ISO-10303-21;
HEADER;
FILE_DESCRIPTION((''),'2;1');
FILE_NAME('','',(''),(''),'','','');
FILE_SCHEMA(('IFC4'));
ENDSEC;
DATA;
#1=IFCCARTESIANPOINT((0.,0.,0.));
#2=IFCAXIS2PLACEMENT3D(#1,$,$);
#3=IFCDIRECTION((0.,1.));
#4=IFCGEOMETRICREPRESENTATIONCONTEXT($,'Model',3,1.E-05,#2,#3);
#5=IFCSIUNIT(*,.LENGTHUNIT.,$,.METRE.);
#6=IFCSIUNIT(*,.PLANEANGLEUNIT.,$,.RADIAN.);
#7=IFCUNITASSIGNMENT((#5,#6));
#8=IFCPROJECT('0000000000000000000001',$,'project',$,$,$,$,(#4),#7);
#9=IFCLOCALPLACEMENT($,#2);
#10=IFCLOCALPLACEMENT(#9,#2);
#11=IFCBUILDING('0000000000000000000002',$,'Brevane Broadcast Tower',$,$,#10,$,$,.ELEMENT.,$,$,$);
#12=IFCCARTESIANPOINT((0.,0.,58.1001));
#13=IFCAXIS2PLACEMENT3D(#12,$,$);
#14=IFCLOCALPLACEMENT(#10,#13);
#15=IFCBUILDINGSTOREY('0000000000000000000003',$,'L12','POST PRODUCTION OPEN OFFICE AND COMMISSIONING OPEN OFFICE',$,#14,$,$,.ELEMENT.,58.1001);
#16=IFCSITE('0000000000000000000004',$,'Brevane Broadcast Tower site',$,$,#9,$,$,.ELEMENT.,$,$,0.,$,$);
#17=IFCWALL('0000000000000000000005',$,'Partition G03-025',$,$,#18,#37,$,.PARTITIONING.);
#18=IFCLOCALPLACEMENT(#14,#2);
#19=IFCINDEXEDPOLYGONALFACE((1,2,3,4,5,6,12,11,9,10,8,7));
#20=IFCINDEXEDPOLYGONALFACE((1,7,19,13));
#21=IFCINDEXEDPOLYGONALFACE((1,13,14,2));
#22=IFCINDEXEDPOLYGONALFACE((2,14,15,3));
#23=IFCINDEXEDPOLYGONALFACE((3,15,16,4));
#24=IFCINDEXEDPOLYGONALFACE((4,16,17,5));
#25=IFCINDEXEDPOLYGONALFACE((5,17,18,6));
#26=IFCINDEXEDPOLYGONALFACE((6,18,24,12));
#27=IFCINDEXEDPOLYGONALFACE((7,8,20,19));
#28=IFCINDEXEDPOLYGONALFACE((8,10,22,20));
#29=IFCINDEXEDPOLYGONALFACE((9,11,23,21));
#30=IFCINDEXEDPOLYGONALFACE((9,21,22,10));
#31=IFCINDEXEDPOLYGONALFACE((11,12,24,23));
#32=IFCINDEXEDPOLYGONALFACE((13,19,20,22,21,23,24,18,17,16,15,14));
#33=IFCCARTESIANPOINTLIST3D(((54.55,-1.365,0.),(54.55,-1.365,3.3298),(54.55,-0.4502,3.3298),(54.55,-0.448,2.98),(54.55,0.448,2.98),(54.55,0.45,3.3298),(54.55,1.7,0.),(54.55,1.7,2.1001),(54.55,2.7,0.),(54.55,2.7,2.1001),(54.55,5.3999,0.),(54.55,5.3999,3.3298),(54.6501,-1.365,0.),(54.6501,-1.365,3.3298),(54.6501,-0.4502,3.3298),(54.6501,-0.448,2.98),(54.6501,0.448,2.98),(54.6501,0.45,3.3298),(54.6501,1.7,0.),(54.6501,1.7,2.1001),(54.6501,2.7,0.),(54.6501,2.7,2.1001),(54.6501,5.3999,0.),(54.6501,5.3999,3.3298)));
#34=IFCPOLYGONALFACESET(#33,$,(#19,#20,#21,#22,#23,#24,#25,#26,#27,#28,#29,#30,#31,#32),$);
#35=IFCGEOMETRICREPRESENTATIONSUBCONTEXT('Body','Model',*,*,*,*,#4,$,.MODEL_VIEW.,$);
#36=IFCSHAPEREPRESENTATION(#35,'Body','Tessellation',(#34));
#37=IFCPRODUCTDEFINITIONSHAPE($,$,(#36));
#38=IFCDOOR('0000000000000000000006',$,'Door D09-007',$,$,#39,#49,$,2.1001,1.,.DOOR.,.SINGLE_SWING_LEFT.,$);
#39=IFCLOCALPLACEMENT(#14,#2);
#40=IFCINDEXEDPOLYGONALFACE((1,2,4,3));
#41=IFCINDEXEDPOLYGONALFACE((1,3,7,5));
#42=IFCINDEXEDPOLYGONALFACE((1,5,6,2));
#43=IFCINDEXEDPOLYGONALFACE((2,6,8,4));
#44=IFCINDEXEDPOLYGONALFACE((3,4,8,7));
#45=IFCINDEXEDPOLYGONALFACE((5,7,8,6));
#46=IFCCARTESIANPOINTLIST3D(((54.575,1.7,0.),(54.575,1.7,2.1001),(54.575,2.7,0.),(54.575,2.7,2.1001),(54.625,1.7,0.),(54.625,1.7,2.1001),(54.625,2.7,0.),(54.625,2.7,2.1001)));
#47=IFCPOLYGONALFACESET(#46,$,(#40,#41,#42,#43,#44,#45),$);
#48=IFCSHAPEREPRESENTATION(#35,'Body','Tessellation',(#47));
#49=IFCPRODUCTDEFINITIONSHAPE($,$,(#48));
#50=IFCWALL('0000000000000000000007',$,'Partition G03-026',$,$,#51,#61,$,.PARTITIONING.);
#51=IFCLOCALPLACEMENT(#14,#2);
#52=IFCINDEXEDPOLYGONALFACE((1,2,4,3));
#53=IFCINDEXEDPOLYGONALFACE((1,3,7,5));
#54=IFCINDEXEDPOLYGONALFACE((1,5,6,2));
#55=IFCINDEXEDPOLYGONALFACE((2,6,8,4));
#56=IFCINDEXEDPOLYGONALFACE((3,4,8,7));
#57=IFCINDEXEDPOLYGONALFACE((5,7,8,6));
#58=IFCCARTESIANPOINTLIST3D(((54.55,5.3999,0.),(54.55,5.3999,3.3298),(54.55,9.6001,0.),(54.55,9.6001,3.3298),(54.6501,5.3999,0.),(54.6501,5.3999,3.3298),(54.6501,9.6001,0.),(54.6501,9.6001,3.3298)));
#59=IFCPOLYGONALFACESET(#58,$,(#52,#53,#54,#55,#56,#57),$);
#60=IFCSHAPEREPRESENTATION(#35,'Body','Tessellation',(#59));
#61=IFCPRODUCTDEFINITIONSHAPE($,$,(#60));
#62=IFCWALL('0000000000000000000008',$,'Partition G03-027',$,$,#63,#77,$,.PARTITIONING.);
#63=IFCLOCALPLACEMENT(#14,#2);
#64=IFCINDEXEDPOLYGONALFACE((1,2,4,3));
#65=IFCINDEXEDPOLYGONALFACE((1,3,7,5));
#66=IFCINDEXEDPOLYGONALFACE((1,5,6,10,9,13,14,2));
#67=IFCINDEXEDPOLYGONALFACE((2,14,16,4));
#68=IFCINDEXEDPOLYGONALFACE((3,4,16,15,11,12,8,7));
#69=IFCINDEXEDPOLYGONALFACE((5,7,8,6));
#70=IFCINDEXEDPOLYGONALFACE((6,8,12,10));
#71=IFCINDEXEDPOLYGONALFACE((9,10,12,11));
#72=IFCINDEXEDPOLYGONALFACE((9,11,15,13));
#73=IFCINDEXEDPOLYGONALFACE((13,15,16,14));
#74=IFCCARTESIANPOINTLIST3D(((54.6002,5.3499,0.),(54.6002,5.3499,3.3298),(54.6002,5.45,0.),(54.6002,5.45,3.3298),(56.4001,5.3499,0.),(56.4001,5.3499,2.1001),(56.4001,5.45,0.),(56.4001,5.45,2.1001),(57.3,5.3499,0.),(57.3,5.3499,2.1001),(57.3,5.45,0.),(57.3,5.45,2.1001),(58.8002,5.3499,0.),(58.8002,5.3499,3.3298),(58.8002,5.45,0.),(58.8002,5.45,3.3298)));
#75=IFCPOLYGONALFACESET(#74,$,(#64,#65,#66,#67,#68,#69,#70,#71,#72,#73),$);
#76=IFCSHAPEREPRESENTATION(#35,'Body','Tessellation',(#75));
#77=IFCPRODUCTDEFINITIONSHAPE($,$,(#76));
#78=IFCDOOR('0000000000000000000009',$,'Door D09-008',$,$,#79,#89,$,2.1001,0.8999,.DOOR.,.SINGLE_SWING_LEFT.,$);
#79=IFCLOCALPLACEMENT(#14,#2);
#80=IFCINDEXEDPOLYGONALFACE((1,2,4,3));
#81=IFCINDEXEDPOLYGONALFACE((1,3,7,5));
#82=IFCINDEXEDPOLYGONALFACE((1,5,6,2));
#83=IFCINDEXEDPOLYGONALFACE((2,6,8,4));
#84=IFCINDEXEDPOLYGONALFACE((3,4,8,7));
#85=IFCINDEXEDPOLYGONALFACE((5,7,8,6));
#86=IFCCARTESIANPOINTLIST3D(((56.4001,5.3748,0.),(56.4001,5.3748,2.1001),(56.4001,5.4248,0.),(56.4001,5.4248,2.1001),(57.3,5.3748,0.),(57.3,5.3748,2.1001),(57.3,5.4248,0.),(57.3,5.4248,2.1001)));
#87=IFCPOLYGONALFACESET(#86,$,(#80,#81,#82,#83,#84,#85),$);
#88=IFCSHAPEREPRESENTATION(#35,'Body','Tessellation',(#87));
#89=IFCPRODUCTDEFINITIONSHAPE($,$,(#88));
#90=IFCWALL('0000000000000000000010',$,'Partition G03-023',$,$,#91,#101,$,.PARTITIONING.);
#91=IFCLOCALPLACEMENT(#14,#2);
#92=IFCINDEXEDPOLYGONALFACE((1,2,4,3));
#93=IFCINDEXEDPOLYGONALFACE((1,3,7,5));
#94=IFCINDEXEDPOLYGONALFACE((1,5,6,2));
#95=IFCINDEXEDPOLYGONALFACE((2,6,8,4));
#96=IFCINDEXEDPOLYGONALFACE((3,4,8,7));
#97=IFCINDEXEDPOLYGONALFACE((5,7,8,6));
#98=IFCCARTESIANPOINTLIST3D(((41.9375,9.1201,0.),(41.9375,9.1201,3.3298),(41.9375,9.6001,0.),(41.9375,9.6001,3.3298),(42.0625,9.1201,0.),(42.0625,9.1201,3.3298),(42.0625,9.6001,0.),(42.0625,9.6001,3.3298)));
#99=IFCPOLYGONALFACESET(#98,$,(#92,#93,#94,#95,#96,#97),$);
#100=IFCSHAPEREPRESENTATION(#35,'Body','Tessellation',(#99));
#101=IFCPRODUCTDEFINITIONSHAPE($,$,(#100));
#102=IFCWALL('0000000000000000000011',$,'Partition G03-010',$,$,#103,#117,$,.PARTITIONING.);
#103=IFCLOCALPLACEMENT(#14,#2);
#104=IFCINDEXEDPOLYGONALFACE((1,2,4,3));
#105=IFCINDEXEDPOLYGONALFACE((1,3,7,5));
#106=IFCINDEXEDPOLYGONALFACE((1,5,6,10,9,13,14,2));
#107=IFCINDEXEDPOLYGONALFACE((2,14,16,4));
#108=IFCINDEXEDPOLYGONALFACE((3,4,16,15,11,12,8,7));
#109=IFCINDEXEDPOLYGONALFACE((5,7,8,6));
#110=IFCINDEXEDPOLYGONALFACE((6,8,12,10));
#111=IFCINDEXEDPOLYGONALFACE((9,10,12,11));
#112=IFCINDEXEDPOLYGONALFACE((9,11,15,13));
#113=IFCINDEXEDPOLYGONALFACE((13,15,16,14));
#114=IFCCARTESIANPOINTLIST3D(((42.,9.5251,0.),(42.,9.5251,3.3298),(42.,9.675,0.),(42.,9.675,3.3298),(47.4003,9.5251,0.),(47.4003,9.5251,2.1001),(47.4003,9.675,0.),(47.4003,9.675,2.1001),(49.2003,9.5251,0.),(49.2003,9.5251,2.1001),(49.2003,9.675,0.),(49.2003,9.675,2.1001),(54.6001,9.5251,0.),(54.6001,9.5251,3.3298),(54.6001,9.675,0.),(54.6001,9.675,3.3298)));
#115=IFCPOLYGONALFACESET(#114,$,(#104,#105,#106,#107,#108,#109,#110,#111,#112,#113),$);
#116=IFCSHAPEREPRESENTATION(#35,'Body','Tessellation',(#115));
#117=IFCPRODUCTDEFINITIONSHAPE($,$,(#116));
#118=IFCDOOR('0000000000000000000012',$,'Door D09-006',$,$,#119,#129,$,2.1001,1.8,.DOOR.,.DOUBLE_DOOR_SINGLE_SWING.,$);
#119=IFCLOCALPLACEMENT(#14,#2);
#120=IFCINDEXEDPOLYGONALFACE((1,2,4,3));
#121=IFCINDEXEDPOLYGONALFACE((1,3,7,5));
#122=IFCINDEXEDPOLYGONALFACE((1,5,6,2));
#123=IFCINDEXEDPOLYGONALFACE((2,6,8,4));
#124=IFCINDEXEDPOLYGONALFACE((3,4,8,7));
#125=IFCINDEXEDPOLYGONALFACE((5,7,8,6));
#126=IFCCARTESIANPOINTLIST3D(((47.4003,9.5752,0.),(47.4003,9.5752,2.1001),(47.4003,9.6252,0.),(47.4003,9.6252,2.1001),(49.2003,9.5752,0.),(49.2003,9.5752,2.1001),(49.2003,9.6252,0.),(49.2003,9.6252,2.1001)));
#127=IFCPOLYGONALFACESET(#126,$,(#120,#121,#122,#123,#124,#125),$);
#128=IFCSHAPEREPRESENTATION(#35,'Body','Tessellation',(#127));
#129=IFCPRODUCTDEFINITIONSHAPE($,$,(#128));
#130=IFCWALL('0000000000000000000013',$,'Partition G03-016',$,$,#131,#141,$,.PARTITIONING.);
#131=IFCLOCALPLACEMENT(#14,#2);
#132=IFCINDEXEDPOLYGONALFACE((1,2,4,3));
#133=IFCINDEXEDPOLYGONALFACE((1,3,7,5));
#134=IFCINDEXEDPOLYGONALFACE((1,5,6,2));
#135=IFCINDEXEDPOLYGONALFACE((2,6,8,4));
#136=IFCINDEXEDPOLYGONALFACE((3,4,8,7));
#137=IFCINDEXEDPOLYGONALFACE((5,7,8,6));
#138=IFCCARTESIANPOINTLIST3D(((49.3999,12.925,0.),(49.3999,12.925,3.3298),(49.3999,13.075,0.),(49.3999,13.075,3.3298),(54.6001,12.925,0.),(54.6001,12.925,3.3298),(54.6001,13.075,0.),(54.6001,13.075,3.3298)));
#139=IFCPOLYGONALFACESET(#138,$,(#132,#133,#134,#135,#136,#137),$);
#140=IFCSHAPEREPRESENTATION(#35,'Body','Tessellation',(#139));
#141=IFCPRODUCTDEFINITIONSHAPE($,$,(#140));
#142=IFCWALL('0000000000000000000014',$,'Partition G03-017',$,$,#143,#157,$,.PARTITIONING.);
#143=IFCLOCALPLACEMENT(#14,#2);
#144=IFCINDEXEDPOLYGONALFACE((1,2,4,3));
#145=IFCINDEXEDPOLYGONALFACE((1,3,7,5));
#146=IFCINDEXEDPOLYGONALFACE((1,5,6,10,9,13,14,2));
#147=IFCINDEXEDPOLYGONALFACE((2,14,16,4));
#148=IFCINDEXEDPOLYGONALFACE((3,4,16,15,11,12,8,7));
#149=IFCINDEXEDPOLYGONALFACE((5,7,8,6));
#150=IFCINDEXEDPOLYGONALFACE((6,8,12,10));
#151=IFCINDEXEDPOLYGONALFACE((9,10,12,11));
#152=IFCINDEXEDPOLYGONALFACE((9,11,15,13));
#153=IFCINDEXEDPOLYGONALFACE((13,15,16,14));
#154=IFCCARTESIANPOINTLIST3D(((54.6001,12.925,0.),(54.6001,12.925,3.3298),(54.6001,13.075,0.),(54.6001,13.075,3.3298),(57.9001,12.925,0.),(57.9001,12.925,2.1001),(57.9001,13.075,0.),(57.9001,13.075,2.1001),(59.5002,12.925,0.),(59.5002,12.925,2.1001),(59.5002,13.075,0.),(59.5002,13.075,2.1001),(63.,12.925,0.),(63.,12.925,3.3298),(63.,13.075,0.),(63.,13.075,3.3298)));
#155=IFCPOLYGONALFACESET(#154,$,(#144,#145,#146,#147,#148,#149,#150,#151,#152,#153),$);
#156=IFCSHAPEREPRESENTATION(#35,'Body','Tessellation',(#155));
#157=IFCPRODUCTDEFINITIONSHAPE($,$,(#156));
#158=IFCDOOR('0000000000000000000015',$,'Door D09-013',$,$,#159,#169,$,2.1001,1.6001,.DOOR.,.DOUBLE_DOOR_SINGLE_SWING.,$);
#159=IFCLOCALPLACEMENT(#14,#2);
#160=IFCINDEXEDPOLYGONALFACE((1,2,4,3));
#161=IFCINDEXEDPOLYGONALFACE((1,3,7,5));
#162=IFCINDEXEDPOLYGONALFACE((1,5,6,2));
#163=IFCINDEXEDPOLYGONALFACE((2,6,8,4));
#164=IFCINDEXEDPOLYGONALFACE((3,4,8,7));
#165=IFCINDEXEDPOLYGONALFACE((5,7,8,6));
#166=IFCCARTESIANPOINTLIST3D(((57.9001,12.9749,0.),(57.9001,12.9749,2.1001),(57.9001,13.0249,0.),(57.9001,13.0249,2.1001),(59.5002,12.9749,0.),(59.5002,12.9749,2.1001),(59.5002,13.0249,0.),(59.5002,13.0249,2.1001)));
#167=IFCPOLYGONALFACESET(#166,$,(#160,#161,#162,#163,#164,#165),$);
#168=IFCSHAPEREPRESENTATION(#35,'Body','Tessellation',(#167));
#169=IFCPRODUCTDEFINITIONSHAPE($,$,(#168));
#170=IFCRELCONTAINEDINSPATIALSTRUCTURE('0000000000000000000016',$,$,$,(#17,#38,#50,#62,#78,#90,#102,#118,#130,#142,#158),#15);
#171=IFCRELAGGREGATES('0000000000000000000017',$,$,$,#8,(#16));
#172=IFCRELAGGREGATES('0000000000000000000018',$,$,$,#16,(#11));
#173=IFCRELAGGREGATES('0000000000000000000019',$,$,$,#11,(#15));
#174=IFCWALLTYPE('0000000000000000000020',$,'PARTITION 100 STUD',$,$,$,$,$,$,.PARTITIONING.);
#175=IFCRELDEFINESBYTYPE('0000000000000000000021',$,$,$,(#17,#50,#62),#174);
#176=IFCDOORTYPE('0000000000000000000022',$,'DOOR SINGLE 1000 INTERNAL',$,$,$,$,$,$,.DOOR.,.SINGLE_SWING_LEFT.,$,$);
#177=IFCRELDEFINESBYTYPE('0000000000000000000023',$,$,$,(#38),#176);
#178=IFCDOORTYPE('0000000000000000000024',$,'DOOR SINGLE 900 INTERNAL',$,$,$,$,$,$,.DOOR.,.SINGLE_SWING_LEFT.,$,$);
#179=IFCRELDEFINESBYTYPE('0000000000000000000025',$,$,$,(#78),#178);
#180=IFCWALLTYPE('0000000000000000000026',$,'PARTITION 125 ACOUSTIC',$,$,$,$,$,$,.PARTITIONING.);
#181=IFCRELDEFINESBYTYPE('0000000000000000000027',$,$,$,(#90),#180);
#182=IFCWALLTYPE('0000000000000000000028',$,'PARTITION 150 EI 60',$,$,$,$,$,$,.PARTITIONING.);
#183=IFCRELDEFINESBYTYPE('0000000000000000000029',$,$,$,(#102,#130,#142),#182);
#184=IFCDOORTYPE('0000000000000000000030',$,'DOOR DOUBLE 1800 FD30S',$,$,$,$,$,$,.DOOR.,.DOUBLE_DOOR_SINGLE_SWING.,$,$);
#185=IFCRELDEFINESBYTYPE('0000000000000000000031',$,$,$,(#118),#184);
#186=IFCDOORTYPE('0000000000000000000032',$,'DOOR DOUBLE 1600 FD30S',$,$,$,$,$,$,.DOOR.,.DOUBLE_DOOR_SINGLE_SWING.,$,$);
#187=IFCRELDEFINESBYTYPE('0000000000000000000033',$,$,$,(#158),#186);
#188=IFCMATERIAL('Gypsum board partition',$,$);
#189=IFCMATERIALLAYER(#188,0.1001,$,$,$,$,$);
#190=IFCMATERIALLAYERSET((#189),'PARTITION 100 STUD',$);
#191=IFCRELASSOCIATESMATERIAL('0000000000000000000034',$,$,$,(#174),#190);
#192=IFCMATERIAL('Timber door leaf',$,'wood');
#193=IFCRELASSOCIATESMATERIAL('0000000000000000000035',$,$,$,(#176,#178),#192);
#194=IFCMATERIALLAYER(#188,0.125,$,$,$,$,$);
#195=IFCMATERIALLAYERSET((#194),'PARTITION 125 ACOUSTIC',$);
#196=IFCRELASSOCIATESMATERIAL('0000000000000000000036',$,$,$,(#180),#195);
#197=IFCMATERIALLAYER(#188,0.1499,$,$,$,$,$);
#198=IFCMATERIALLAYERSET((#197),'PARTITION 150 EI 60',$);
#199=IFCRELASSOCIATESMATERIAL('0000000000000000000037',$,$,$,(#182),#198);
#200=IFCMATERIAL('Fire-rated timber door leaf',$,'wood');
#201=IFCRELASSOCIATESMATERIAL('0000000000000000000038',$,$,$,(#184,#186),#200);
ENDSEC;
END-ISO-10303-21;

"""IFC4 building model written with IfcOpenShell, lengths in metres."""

from ifc_helpers import new_model, si_unit, direction, frame, frame_2d, origin, place, context, subcontext, project, spatial, polyline, rectangle, outline, extrude, material, layer, layer_set, type_object, element, fill, save


model = new_model("IFC4")

# Units and contexts
model_context = context("Model", 3, precision=1e-05, world=origin(), true_north=direction((0.0, 1.0)))
body_context = subcontext(model_context, "Body", "Model", "MODEL_VIEW")
ifc_project = project(units=[si_unit("LENGTHUNIT", "METRE"), si_unit("PLANEANGLEUNIT", "RADIAN")], contexts=[model_context])

# Site, building, storey
site_placement = place(None, origin())
site = spatial("IfcSite", under=ifc_project, at=site_placement, Name="Brevane Broadcast Tower site", CompositionType="ELEMENT", RefElevation=0.0)
building_placement = place(site_placement, origin())
building = spatial("IfcBuilding", under=site, at=building_placement, Name="Brevane Broadcast Tower", CompositionType="ELEMENT")
storey_placement = place(building_placement, frame((0.0, 0.0, 58.1001)))
storey = spatial("IfcBuildingStorey", under=building, at=storey_placement, Name="L12", Description="POST PRODUCTION OPEN OFFICE AND COMMISSIONING OPEN OFFICE", CompositionType="ELEMENT", Elevation=58.1001)

# Wall, opening, door
ifc_material_1 = material(Name="Gypsum board partition")
ifc_layer_1 = layer(ifc_material_1, 0.1001)
ifc_layer_set_1 = layer_set([ifc_layer_1], Name="PARTITION 100 STUD")
wall_type_1 = type_object("IfcWallType", Name="PARTITION 100 STUD", PredefinedType="PARTITIONING", material=ifc_layer_set_1)
wall_1_placement = place(storey_placement, frame((54.6001, 5.3999, 0.0), z_axis=(0.0, 0.0, 1.0), x_axis=(0.0, -1.0, 0.0)))
wall_1 = element("IfcWall", 1, at=wall_1_placement, inside=storey, type_object=wall_type_1, Name="Partition G03-025", PredefinedType="PARTITIONING", context=body_context, shape_type="SweptSolid", body=[
    extrude(outline(polyline([(0.0, 0.0), (6.7649, 0.0), (6.7649, 3.3298), (6.5, 3.3298), (5.8501, 3.3298), (5.8479, 2.98), (4.9519, 2.98), (4.95, 3.3298), (0.0, 3.3298), (0.0, 0.0)])), frame((0.0, 0.05, 0.0), z_axis=(0.0, -1.0, 0.0), x_axis=(1.0, 0.0, 0.0)), (0.0, 0.0, 1.0), 0.1001),
])
opening_1_placement = place(wall_1_placement, frame((2.7, 0.0, 0.0)))
opening_1 = element("IfcOpeningElement", 2, at=opening_1_placement, cuts=wall_1, PredefinedType="OPENING", context=body_context, shape_type="SweptSolid", body=[
    extrude(rectangle(XDim=1.0, YDim=2.1001, at=frame_2d((0.5, 1.05))), frame((0.0, 0.0601, 0.0), z_axis=(0.0, -1.0, 0.0), x_axis=(1.0, 0.0, 0.0)), (0.0, 0.0, 1.0), 0.1201),
])
ifc_material_2 = material(Name="Timber door leaf", Category="wood")
door_type_1 = type_object("IfcDoorType", Name="DOOR SINGLE 1000 INTERNAL", OperationType="SINGLE_SWING_LEFT", PredefinedType="DOOR", material=ifc_material_2)
door_1_placement = place(opening_1_placement, origin())
door_1 = element("IfcDoor", 3, at=door_1_placement, inside=storey, type_object=door_type_1, Name="Door D09-007", OperationType="SINGLE_SWING_LEFT", OverallHeight=2.1001, OverallWidth=1.0, PredefinedType="DOOR", context=body_context, shape_type="SweptSolid", body=[
    extrude(rectangle(XDim=1.0, YDim=2.1001, at=frame_2d((0.5, 1.05))), frame((0.0, 0.0249, 0.0), z_axis=(0.0, -1.0, 0.0), x_axis=(1.0, 0.0, 0.0)), (0.0, 0.0, 1.0), 0.05),
])
fill(opening_1, door_1)

# Wall
wall_2_placement = place(storey_placement, frame((54.6001, 9.6001, 0.0), z_axis=(0.0, 0.0, 1.0), x_axis=(0.0, -1.0, 0.0)))
element("IfcWall", 4, at=wall_2_placement, inside=storey, type_object=wall_type_1, Name="Partition G03-026", PredefinedType="PARTITIONING", context=body_context, shape_type="SweptSolid", body=[
    extrude(rectangle(XDim=4.2002, YDim=0.1001, at=frame_2d((2.1001, 0.0))), origin(), (0.0, 0.0, 1.0), 3.3298),
])

# Wall, opening, door
wall_3_placement = place(storey_placement, frame((54.6001, 5.3999, 0.0), z_axis=(0.0, 0.0, 1.0), x_axis=(1.0, 0.0, 0.0)))
wall_3 = element("IfcWall", 5, at=wall_3_placement, inside=storey, type_object=wall_type_1, Name="Partition G03-027", PredefinedType="PARTITIONING", context=body_context, shape_type="SweptSolid", body=[
    extrude(rectangle(XDim=4.2, YDim=0.1001, at=frame_2d((2.1001, 0.0))), origin(), (0.0, 0.0, 1.0), 3.3298),
])
opening_2_placement = place(wall_3_placement, frame((1.8, 0.0, 0.0)))
opening_2 = element("IfcOpeningElement", 6, at=opening_2_placement, cuts=wall_3, PredefinedType="OPENING", context=body_context, shape_type="SweptSolid", body=[
    extrude(rectangle(XDim=0.8999, YDim=2.1001, at=frame_2d((0.45, 1.05))), frame((0.0, 0.0601, 0.0), z_axis=(0.0, -1.0, 0.0), x_axis=(1.0, 0.0, 0.0)), (0.0, 0.0, 1.0), 0.1201),
])
door_type_2 = type_object("IfcDoorType", Name="DOOR SINGLE 900 INTERNAL", OperationType="SINGLE_SWING_LEFT", PredefinedType="DOOR", material=ifc_material_2)
door_2_placement = place(opening_2_placement, origin())
door_2 = element("IfcDoor", 7, at=door_2_placement, inside=storey, type_object=door_type_2, Name="Door D09-008", OperationType="SINGLE_SWING_LEFT", OverallHeight=2.1001, OverallWidth=0.8999, PredefinedType="DOOR", context=body_context, shape_type="SweptSolid", body=[
    extrude(rectangle(XDim=0.8999, YDim=2.1001, at=frame_2d((0.45, 1.05))), frame((0.0, 0.0249, 0.0), z_axis=(0.0, -1.0, 0.0), x_axis=(1.0, 0.0, 0.0)), (0.0, 0.0, 1.0), 0.05),
])
fill(opening_2, door_2)

# Wall
ifc_layer_2 = layer(ifc_material_1, 0.125)
ifc_layer_set_2 = layer_set([ifc_layer_2], Name="PARTITION 125 ACOUSTIC")
wall_type_2 = type_object("IfcWallType", Name="PARTITION 125 ACOUSTIC", PredefinedType="PARTITIONING", material=ifc_layer_set_2)
wall_4_placement = place(storey_placement, frame((42.0, 9.6001, 0.0), z_axis=(0.0, 0.0, 1.0), x_axis=(0.0, -1.0, 0.0)))
element("IfcWall", 8, at=wall_4_placement, inside=storey, type_object=wall_type_2, Name="Partition G03-023", PredefinedType="PARTITIONING", context=body_context, shape_type="SweptSolid", body=[
    extrude(rectangle(XDim=0.48, YDim=0.125, at=frame_2d((0.24, 0.0))), origin(), (0.0, 0.0, 1.0), 3.3298),
])

# Wall, opening, door
ifc_layer_3 = layer(ifc_material_1, 0.1499)
ifc_layer_set_3 = layer_set([ifc_layer_3], Name="PARTITION 150 EI 60")
wall_type_3 = type_object("IfcWallType", Name="PARTITION 150 EI 60", PredefinedType="PARTITIONING", material=ifc_layer_set_3)
wall_5_placement = place(storey_placement, frame((54.6001, 9.6001, 0.0), z_axis=(0.0, 0.0, 1.0), x_axis=(-1.0, 0.0, 0.0)))
wall_5 = element("IfcWall", 9, at=wall_5_placement, inside=storey, type_object=wall_type_3, Name="Partition G03-010", PredefinedType="PARTITIONING", context=body_context, shape_type="SweptSolid", body=[
    extrude(rectangle(XDim=12.6001, YDim=0.1499, at=frame_2d((6.3, 0.0))), origin(), (0.0, 0.0, 1.0), 3.3298),
])
opening_3_placement = place(wall_5_placement, frame((5.3999, 0.0, 0.0)))
opening_3 = element("IfcOpeningElement", 10, at=opening_3_placement, cuts=wall_5, PredefinedType="OPENING", context=body_context, shape_type="SweptSolid", body=[
    extrude(rectangle(XDim=1.8, YDim=2.1001, at=frame_2d((0.8999, 1.05))), frame((0.0, 0.085, 0.0), z_axis=(0.0, -1.0, 0.0), x_axis=(1.0, 0.0, 0.0)), (0.0, 0.0, 1.0), 0.1699),
])
ifc_material_3 = material(Name="Fire-rated timber door leaf", Category="wood")
door_type_3 = type_object("IfcDoorType", Name="DOOR DOUBLE 1800 FD30S", OperationType="DOUBLE_DOOR_SINGLE_SWING", PredefinedType="DOOR", material=ifc_material_3)
door_3_placement = place(opening_3_placement, origin())
door_3 = element("IfcDoor", 11, at=door_3_placement, inside=storey, type_object=door_type_3, Name="Door D09-006", OperationType="DOUBLE_DOOR_SINGLE_SWING", OverallHeight=2.1001, OverallWidth=1.8, PredefinedType="DOOR", context=body_context, shape_type="SweptSolid", body=[
    extrude(rectangle(XDim=1.8, YDim=2.1001, at=frame_2d((0.8999, 1.05))), frame((0.0, 0.0249, 0.0), z_axis=(0.0, -1.0, 0.0), x_axis=(1.0, 0.0, 0.0)), (0.0, 0.0, 1.0), 0.05),
])
fill(opening_3, door_3)

# Wall
wall_6_placement = place(storey_placement, frame((49.3999, 13.0, 0.0), z_axis=(0.0, 0.0, 1.0), x_axis=(1.0, 0.0, 0.0)))
element("IfcWall", 12, at=wall_6_placement, inside=storey, type_object=wall_type_3, Name="Partition G03-016", PredefinedType="PARTITIONING", context=body_context, shape_type="SweptSolid", body=[
    extrude(rectangle(XDim=5.2002, YDim=0.1499, at=frame_2d((2.6001, 0.0))), origin(), (0.0, 0.0, 1.0), 3.3298),
])

# Wall, opening, door
wall_7_placement = place(storey_placement, frame((54.6001, 13.0, 0.0), z_axis=(0.0, 0.0, 1.0), x_axis=(1.0, 0.0, 0.0)))
wall_7 = element("IfcWall", 13, at=wall_7_placement, inside=storey, type_object=wall_type_3, Name="Partition G03-017", PredefinedType="PARTITIONING", context=body_context, shape_type="SweptSolid", body=[
    extrude(rectangle(XDim=8.3999, YDim=0.1499, at=frame_2d((4.2, 0.0))), origin(), (0.0, 0.0, 1.0), 3.3298),
])
opening_4_placement = place(wall_7_placement, frame((3.3, 0.0, 0.0)))
opening_4 = element("IfcOpeningElement", 14, at=opening_4_placement, cuts=wall_7, PredefinedType="OPENING", context=body_context, shape_type="SweptSolid", body=[
    extrude(rectangle(XDim=1.6001, YDim=2.1001, at=frame_2d((0.8, 1.05))), frame((0.0, 0.085, 0.0), z_axis=(0.0, -1.0, 0.0), x_axis=(1.0, 0.0, 0.0)), (0.0, 0.0, 1.0), 0.1699),
])
door_type_4 = type_object("IfcDoorType", Name="DOOR DOUBLE 1600 FD30S", OperationType="DOUBLE_DOOR_SINGLE_SWING", PredefinedType="DOOR", material=ifc_material_3)
door_4_placement = place(opening_4_placement, origin())
door_4 = element("IfcDoor", 15, at=door_4_placement, inside=storey, type_object=door_type_4, Name="Door D09-013", OperationType="DOUBLE_DOOR_SINGLE_SWING", OverallHeight=2.1001, OverallWidth=1.6001, PredefinedType="DOOR", context=body_context, shape_type="SweptSolid", body=[
    extrude(rectangle(XDim=1.6001, YDim=2.1001, at=frame_2d((0.8, 1.05))), frame((0.0, 0.0249, 0.0), z_axis=(0.0, -1.0, 0.0), x_axis=(1.0, 0.0, 0.0)), (0.0, 0.0, 1.0), 0.05),
])
fill(opening_4, door_4)

save(model, "model.ifc")
